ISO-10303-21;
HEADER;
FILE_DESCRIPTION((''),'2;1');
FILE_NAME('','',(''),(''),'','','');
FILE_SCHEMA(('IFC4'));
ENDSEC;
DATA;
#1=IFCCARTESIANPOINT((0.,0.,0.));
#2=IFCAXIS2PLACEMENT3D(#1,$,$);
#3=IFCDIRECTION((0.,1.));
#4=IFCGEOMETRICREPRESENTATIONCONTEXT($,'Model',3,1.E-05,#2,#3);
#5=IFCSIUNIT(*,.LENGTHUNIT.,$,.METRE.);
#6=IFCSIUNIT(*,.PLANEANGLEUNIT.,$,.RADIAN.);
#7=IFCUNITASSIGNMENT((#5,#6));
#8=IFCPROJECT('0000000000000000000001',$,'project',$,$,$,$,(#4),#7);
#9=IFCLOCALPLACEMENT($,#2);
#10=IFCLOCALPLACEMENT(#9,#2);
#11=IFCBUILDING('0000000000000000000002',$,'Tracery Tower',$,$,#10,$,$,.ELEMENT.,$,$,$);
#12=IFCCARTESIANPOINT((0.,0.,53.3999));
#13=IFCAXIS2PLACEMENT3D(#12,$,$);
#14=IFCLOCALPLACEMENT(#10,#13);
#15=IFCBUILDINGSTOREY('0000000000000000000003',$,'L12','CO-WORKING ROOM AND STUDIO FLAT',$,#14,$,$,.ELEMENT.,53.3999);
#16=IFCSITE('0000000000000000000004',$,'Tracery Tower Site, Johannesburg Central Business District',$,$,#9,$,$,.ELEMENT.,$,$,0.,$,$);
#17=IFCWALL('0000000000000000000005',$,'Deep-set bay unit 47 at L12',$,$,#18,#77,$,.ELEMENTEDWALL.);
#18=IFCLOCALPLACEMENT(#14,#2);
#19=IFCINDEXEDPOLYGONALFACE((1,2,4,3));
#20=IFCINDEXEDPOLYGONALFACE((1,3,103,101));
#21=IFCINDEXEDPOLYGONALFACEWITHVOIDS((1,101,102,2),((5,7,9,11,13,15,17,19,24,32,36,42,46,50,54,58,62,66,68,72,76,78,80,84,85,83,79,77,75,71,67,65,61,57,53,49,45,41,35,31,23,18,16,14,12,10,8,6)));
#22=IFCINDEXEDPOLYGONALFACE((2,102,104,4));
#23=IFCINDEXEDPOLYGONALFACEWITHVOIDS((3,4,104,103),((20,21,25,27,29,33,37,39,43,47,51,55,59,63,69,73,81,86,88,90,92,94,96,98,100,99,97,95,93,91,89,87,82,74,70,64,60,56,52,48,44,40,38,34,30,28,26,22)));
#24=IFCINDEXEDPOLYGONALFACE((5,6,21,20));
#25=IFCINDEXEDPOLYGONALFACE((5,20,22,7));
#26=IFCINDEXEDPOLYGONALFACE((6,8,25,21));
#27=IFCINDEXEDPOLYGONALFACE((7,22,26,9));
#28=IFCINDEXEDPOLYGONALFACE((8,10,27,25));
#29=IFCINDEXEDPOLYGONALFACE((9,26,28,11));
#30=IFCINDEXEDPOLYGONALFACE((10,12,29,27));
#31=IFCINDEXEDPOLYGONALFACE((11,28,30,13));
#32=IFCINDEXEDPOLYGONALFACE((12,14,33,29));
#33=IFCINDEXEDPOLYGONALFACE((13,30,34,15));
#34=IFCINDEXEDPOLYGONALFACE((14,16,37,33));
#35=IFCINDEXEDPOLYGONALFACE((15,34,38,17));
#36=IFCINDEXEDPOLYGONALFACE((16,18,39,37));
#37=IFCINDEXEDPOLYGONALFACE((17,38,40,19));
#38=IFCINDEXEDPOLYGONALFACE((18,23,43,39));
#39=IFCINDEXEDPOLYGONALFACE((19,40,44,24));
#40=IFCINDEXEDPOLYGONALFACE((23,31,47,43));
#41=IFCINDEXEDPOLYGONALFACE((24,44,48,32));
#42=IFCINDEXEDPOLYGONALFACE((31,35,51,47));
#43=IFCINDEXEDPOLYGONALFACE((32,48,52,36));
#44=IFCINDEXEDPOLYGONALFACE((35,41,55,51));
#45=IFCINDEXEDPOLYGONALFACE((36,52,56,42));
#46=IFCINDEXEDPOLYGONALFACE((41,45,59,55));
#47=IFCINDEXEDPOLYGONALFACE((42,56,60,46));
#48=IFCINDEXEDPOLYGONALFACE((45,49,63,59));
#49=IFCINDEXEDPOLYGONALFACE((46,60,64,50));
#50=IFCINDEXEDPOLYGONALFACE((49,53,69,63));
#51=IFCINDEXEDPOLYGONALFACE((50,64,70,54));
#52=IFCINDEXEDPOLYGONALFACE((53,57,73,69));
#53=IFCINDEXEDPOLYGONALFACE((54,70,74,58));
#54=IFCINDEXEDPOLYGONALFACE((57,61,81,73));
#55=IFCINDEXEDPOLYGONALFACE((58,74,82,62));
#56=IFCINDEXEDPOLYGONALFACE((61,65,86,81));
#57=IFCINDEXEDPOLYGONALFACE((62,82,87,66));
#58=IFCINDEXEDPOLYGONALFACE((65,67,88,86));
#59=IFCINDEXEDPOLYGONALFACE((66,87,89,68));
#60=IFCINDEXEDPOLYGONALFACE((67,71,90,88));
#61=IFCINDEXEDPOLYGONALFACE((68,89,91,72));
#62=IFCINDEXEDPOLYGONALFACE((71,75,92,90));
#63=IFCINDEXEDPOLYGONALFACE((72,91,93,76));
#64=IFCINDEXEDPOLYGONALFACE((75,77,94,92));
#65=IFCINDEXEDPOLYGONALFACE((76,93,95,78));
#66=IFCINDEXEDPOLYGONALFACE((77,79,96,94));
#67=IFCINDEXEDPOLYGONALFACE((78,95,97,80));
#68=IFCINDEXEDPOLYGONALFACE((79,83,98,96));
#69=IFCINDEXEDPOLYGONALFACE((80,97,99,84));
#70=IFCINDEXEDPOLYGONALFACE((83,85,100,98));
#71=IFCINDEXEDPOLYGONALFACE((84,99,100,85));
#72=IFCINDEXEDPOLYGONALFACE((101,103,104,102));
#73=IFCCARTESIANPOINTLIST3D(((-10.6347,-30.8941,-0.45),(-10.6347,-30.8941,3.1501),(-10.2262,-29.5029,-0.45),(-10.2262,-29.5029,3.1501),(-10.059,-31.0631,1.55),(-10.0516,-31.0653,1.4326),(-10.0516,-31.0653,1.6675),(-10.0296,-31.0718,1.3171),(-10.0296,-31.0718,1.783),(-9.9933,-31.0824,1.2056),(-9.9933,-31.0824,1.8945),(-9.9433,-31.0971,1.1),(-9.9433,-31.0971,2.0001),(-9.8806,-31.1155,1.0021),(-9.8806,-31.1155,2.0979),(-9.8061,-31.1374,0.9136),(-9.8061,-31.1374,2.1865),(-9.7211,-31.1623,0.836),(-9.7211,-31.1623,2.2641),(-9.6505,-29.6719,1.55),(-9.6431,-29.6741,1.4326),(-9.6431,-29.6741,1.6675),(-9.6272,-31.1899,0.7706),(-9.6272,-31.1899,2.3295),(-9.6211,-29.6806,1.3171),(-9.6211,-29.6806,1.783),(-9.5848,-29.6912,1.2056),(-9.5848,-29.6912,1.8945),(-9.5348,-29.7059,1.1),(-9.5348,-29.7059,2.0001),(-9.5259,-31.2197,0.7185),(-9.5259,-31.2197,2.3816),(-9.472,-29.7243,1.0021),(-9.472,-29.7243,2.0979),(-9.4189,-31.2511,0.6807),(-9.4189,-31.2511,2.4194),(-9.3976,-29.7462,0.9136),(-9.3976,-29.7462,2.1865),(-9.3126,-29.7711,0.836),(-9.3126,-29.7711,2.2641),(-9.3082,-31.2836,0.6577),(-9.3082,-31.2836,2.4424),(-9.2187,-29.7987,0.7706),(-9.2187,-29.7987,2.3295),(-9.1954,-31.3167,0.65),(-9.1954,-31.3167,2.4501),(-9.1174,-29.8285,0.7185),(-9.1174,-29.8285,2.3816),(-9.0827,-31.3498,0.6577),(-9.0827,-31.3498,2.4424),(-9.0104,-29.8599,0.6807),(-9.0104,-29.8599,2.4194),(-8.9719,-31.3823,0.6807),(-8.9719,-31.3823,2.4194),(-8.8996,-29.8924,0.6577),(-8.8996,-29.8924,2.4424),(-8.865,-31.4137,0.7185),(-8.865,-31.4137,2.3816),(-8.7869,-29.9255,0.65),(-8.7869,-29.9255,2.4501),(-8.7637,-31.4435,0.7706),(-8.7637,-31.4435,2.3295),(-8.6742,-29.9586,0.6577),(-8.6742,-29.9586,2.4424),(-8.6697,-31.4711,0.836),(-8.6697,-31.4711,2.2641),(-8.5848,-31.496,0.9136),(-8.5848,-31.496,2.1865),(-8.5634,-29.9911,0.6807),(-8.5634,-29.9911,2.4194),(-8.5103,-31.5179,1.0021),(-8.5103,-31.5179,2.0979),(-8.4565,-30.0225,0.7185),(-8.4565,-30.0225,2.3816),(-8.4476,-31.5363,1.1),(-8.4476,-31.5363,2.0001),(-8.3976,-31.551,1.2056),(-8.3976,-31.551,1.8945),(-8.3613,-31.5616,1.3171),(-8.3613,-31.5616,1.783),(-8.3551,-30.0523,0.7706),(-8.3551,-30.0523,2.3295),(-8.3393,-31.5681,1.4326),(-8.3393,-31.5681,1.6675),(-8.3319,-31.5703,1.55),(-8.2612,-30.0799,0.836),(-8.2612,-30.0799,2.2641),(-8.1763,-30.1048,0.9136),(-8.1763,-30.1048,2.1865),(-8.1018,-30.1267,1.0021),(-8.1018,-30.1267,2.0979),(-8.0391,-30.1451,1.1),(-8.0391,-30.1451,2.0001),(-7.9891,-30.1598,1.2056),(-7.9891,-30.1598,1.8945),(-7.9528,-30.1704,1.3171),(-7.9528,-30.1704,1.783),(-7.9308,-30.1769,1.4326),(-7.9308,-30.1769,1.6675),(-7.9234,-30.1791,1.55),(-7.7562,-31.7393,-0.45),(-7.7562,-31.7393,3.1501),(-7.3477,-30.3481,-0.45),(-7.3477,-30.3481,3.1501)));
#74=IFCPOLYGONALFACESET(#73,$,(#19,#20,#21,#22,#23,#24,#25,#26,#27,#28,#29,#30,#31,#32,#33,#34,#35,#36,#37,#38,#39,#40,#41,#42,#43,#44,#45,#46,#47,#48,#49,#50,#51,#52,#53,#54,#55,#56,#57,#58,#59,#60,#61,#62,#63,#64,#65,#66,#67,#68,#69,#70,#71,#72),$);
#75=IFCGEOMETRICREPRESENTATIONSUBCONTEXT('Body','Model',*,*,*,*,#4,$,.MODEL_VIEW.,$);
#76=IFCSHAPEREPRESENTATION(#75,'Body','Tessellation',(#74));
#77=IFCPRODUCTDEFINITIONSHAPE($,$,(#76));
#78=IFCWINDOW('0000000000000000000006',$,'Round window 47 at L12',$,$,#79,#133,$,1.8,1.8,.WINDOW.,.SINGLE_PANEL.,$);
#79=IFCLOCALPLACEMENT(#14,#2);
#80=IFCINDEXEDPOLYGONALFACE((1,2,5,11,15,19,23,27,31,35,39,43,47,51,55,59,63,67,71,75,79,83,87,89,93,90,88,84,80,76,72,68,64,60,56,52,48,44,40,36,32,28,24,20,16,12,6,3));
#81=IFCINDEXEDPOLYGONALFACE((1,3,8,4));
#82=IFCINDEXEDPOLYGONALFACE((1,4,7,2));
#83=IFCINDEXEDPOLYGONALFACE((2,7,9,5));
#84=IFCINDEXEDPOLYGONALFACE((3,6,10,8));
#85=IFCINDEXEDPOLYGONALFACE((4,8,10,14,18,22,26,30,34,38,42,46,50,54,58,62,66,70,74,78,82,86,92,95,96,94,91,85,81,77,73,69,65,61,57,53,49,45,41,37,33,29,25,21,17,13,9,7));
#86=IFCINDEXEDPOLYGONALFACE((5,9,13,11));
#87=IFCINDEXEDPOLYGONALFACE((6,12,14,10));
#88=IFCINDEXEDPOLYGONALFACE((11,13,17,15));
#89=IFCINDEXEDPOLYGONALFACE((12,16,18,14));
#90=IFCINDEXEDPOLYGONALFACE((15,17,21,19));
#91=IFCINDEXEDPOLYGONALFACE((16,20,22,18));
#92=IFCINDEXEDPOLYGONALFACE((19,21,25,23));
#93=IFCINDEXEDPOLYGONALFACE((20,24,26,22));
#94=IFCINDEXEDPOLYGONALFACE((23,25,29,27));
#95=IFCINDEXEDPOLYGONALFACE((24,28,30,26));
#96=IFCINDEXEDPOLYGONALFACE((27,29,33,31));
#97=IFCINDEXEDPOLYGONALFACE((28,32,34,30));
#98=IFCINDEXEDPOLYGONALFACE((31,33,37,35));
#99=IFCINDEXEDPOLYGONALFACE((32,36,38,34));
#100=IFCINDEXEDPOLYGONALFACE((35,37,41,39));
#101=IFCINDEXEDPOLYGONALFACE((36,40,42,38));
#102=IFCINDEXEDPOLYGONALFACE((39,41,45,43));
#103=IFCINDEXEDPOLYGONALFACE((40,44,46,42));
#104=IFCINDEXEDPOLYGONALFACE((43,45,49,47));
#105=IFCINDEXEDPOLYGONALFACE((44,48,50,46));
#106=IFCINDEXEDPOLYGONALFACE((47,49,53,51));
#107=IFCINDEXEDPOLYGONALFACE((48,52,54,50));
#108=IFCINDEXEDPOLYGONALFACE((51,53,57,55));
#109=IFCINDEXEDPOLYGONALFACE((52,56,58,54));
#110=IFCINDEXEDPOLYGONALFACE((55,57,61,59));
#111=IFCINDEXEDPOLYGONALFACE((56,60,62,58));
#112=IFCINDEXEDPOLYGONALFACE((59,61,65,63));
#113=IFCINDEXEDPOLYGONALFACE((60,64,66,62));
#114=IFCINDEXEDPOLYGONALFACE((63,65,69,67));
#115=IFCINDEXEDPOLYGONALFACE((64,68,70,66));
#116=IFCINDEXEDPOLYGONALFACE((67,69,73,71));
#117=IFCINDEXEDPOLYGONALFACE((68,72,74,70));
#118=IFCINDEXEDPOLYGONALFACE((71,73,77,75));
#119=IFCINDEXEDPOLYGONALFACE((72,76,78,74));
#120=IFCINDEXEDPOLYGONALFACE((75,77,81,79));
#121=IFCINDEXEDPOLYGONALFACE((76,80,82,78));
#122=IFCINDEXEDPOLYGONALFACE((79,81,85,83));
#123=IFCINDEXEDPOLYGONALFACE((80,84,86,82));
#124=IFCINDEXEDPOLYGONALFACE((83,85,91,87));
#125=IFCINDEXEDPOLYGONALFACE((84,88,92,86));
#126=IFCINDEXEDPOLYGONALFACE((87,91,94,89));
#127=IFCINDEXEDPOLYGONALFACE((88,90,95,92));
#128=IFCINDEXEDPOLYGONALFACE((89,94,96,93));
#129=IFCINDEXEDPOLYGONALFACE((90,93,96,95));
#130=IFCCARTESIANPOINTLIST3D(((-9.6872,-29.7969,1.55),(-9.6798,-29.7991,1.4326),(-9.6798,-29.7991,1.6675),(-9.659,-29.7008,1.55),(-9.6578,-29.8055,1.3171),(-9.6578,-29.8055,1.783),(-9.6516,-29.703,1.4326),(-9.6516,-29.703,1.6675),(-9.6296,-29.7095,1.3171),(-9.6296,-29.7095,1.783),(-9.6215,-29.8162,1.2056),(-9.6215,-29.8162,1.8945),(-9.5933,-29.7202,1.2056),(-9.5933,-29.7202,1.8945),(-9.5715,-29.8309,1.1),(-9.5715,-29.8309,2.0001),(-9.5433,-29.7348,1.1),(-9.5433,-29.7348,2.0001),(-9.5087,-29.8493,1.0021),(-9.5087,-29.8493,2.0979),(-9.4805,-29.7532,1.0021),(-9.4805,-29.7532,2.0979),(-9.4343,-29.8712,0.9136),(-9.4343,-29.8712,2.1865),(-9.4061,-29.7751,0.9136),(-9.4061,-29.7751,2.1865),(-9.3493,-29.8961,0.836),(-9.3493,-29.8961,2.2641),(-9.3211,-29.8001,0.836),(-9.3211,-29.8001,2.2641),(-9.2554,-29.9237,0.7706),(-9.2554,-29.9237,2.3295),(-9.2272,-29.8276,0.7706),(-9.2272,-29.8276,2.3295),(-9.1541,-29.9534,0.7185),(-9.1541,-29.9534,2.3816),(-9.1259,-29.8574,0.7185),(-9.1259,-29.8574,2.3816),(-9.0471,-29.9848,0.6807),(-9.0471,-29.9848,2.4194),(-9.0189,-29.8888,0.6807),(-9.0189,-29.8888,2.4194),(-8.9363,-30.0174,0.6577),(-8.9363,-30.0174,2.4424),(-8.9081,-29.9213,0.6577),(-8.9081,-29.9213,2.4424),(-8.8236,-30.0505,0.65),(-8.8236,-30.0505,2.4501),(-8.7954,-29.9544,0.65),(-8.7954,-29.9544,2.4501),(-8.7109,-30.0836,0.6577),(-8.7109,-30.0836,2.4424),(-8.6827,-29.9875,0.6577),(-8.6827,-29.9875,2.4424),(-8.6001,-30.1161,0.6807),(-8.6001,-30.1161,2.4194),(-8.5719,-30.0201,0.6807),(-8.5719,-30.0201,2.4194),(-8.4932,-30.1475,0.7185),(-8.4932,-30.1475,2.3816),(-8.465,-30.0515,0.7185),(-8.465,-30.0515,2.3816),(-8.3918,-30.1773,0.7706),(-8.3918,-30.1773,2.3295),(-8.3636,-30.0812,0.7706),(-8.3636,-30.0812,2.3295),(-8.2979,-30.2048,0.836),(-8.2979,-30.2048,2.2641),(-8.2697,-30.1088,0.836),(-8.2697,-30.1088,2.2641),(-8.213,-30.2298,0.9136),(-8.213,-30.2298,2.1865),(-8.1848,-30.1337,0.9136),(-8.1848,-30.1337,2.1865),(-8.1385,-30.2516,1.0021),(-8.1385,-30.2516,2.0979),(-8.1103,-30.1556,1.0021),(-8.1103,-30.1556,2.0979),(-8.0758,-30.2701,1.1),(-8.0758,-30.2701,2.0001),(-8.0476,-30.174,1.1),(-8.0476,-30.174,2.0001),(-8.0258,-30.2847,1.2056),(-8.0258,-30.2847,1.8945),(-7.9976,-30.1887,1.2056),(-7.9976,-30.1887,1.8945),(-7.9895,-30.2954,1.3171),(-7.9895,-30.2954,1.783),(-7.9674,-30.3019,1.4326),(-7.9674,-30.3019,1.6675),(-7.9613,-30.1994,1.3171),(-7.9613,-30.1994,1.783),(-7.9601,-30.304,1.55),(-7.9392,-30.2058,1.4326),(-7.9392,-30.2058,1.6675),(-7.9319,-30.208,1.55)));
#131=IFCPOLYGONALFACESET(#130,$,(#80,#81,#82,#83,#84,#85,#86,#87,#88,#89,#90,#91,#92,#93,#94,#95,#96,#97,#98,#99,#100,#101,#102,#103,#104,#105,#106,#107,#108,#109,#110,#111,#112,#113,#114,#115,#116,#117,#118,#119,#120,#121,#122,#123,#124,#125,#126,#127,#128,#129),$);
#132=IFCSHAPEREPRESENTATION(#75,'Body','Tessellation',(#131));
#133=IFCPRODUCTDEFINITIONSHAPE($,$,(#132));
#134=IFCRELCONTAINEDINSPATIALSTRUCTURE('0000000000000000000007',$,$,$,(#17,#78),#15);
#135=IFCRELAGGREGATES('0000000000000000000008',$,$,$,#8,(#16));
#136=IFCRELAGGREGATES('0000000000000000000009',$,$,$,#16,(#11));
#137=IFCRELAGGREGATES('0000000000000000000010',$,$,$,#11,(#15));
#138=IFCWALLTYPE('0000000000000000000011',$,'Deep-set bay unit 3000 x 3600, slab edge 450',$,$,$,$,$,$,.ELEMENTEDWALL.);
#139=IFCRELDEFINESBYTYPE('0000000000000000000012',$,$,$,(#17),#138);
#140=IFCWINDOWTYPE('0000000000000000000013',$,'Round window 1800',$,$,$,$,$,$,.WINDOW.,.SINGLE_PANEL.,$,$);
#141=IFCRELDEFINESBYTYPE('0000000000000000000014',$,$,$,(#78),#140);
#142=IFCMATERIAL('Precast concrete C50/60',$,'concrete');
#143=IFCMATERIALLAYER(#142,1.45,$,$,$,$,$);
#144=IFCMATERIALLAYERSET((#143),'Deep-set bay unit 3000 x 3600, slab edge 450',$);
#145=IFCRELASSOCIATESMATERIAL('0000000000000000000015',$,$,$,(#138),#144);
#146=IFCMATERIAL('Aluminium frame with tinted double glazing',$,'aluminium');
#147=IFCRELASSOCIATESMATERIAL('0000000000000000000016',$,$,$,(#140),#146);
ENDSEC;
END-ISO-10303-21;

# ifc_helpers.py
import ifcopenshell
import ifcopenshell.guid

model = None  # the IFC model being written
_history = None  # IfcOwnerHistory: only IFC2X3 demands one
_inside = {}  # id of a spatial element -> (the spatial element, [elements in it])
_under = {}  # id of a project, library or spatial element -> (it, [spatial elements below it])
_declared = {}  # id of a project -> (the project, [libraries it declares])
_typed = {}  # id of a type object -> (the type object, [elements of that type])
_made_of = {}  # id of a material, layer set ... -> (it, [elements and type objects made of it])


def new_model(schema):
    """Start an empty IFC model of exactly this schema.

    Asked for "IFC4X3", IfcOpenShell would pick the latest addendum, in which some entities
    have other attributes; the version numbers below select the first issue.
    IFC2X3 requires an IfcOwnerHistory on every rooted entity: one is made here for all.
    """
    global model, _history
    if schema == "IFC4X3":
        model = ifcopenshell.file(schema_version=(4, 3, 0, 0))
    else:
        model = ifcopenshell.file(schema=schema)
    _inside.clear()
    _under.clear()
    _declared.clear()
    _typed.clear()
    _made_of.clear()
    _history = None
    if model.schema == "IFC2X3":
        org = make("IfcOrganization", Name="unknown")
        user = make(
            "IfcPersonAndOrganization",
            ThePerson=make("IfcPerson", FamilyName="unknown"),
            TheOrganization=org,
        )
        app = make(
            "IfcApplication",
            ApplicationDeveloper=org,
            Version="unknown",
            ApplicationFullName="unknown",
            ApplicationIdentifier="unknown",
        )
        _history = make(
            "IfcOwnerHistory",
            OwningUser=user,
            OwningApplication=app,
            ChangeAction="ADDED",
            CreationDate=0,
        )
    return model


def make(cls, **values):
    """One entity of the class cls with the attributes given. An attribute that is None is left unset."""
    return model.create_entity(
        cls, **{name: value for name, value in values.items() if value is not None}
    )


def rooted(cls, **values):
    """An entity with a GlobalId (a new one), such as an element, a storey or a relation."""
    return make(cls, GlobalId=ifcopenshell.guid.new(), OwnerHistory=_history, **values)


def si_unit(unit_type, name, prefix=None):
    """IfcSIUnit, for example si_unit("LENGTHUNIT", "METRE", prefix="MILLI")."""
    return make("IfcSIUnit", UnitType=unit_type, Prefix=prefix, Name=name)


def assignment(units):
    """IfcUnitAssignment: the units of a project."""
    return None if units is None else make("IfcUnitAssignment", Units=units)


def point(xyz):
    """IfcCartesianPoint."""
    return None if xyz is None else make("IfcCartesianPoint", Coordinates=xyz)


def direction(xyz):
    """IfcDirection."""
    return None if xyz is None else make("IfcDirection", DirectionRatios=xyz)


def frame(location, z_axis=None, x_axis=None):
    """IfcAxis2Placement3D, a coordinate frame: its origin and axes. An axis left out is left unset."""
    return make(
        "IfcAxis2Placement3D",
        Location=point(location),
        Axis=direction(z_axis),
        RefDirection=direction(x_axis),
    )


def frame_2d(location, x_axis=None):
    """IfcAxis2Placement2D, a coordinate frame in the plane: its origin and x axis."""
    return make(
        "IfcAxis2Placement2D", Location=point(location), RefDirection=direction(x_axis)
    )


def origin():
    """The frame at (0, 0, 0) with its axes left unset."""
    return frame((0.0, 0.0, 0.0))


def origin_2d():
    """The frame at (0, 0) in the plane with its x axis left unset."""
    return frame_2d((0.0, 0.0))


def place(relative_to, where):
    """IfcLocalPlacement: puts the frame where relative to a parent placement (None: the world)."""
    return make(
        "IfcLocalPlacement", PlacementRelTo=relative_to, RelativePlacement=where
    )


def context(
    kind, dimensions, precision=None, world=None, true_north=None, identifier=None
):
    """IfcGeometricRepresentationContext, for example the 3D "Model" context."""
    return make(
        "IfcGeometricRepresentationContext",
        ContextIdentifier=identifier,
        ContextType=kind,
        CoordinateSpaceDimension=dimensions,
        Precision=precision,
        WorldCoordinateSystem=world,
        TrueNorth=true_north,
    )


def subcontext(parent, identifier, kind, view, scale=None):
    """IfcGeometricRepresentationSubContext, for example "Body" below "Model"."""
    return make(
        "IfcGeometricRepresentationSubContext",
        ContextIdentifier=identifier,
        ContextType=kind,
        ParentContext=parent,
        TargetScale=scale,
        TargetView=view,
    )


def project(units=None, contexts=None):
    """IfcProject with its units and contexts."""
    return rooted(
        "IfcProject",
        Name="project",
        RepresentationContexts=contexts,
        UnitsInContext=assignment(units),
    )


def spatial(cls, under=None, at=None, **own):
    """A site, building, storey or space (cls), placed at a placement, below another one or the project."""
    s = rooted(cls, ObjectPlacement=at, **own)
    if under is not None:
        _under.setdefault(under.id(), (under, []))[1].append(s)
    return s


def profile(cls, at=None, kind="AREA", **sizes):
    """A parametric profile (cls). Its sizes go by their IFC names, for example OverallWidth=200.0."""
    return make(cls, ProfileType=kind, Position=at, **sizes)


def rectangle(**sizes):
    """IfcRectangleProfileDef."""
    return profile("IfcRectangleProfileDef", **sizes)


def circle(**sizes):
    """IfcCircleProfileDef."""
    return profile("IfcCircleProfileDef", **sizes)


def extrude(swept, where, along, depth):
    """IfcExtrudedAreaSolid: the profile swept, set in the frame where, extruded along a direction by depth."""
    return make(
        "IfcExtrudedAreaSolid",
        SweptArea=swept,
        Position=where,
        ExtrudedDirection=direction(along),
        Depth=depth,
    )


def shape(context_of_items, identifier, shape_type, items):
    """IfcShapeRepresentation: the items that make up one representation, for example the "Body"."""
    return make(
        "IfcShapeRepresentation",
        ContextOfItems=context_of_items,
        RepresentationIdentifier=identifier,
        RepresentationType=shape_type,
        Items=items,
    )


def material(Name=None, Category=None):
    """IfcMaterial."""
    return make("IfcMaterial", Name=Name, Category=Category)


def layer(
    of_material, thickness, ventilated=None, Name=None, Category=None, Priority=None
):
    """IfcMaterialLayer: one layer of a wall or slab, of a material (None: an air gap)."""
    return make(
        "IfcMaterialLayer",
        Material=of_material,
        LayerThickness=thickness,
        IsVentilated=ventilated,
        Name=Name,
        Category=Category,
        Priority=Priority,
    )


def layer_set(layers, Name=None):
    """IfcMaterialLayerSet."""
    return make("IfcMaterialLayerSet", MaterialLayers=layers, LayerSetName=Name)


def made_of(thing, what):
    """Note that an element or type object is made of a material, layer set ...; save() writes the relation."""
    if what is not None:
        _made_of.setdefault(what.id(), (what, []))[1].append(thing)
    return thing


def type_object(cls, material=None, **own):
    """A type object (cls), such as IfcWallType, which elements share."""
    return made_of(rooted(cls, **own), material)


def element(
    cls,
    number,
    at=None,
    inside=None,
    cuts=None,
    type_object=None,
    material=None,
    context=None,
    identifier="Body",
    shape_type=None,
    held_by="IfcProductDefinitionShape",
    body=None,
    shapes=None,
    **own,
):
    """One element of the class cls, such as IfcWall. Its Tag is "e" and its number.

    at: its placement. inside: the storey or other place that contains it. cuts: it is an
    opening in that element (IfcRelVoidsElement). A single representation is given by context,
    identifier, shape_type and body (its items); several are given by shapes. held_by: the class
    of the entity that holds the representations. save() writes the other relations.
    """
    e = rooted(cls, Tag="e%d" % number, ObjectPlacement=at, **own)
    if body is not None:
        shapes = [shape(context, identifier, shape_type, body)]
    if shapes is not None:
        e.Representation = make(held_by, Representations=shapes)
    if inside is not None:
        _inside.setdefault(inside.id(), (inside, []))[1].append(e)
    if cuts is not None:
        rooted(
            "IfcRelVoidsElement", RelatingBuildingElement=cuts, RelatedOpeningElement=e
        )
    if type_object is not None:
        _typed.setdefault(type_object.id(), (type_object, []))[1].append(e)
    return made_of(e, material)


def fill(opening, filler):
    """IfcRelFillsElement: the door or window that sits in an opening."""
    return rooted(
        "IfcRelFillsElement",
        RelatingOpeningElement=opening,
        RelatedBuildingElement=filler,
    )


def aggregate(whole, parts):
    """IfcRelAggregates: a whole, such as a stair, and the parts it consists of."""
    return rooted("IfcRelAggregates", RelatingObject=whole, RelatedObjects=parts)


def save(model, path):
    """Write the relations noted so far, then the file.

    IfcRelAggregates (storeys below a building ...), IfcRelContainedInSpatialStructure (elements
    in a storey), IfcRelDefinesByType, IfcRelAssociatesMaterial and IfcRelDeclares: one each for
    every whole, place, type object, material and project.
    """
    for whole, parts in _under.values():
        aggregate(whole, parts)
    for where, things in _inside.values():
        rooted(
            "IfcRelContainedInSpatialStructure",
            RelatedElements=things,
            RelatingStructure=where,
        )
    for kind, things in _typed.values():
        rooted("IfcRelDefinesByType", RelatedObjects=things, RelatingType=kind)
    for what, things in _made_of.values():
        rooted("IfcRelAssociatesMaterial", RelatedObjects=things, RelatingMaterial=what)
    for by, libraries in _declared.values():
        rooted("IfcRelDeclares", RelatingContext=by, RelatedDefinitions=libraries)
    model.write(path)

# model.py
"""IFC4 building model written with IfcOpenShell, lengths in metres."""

from ifc_helpers import new_model, si_unit, direction, frame, frame_2d, origin, origin_2d, place, context, subcontext, project, spatial, rectangle, circle, extrude, material, layer, layer_set, type_object, element, fill, save


model = new_model("IFC4")

# Units and contexts
model_context = context("Model", 3, precision=1e-05, world=origin(), true_north=direction((0.0, 1.0)))
body_context = subcontext(model_context, "Body", "Model", "MODEL_VIEW")
ifc_project = project(units=[si_unit("LENGTHUNIT", "METRE"), si_unit("PLANEANGLEUNIT", "RADIAN")], contexts=[model_context])

# Site, building, storey
site_placement = place(None, origin())
site = spatial("IfcSite", under=ifc_project, at=site_placement, Name="Tracery Tower Site, Johannesburg Central Business District", CompositionType="ELEMENT", RefElevation=0.0)
building_placement = place(site_placement, origin())
building = spatial("IfcBuilding", under=site, at=building_placement, Name="Tracery Tower", CompositionType="ELEMENT")
storey_placement = place(building_placement, frame((0.0, 0.0, 53.3999)))
storey = spatial("IfcBuildingStorey", under=building, at=storey_placement, Name="L12", Description="CO-WORKING ROOM AND STUDIO FLAT", CompositionType="ELEMENT", Elevation=53.3999)

# Wall, opening, window
ifc_material_1 = material(Name="Precast concrete C50/60", Category="concrete")
ifc_layer_1 = layer(ifc_material_1, 1.45)
ifc_layer_set_1 = layer_set([ifc_layer_1], Name="Deep-set bay unit 3000 x 3600, slab edge 450")
wall_type_1 = type_object("IfcWallType", Name="Deep-set bay unit 3000 x 3600, slab edge 450", PredefinedType="ELEMENTEDWALL", material=ifc_layer_set_1)
wall_1_placement = place(storey_placement, frame((-10.4304, -30.1985, -0.45), z_axis=(0.0, 0.0, 1.0), x_axis=(0.95949, -0.281743, 0.0)))
wall_1 = element("IfcWall", 1, at=wall_1_placement, inside=storey, type_object=wall_type_1, Name="Deep-set bay unit 47 at L12", PredefinedType="ELEMENTEDWALL", context=body_context, shape_type="SweptSolid", body=[
    extrude(rectangle(XDim=3.0, YDim=1.45, at=frame_2d((1.5, 0.0))), origin(), (0.0, 0.0, 1.0), 3.6001),
])
opening_1_placement = place(wall_1_placement, frame((1.5, 0.0, 2.0)))
opening_1 = element("IfcOpeningElement", 2, at=opening_1_placement, cuts=wall_1, PredefinedType="OPENING", context=body_context, shape_type="SweptSolid", body=[
    extrude(circle(Radius=0.9, at=origin_2d()), frame((0.0, 0.7349, 0.0), z_axis=(0.0, -1.0, 0.0), x_axis=(1.0, 0.0, 0.0)), (0.0, 0.0, 1.0), 1.47),
])
ifc_material_2 = material(Name="Aluminium frame with tinted double glazing", Category="aluminium")
window_type = type_object("IfcWindowType", Name="Round window 1800", PartitioningType="SINGLE_PANEL", PredefinedType="WINDOW", material=ifc_material_2)
window_1_placement = place(opening_1_placement, origin())
window_1 = element("IfcWindow", 3, at=window_1_placement, inside=storey, type_object=window_type, Name="Round window 47 at L12", OverallHeight=1.8, OverallWidth=1.8, PartitioningType="SINGLE_PANEL", PredefinedType="WINDOW", context=body_context, shape_type="SweptSolid", body=[
    extrude(circle(Radius=0.9, at=origin_2d()), frame((0.0, 0.6948, 0.0), z_axis=(0.0, -1.0, 0.0), x_axis=(1.0, 0.0, 0.0)), (0.0, 0.0, 1.0), 0.1001),
])
fill(opening_1, window_1)

save(model, "model.ifc")
